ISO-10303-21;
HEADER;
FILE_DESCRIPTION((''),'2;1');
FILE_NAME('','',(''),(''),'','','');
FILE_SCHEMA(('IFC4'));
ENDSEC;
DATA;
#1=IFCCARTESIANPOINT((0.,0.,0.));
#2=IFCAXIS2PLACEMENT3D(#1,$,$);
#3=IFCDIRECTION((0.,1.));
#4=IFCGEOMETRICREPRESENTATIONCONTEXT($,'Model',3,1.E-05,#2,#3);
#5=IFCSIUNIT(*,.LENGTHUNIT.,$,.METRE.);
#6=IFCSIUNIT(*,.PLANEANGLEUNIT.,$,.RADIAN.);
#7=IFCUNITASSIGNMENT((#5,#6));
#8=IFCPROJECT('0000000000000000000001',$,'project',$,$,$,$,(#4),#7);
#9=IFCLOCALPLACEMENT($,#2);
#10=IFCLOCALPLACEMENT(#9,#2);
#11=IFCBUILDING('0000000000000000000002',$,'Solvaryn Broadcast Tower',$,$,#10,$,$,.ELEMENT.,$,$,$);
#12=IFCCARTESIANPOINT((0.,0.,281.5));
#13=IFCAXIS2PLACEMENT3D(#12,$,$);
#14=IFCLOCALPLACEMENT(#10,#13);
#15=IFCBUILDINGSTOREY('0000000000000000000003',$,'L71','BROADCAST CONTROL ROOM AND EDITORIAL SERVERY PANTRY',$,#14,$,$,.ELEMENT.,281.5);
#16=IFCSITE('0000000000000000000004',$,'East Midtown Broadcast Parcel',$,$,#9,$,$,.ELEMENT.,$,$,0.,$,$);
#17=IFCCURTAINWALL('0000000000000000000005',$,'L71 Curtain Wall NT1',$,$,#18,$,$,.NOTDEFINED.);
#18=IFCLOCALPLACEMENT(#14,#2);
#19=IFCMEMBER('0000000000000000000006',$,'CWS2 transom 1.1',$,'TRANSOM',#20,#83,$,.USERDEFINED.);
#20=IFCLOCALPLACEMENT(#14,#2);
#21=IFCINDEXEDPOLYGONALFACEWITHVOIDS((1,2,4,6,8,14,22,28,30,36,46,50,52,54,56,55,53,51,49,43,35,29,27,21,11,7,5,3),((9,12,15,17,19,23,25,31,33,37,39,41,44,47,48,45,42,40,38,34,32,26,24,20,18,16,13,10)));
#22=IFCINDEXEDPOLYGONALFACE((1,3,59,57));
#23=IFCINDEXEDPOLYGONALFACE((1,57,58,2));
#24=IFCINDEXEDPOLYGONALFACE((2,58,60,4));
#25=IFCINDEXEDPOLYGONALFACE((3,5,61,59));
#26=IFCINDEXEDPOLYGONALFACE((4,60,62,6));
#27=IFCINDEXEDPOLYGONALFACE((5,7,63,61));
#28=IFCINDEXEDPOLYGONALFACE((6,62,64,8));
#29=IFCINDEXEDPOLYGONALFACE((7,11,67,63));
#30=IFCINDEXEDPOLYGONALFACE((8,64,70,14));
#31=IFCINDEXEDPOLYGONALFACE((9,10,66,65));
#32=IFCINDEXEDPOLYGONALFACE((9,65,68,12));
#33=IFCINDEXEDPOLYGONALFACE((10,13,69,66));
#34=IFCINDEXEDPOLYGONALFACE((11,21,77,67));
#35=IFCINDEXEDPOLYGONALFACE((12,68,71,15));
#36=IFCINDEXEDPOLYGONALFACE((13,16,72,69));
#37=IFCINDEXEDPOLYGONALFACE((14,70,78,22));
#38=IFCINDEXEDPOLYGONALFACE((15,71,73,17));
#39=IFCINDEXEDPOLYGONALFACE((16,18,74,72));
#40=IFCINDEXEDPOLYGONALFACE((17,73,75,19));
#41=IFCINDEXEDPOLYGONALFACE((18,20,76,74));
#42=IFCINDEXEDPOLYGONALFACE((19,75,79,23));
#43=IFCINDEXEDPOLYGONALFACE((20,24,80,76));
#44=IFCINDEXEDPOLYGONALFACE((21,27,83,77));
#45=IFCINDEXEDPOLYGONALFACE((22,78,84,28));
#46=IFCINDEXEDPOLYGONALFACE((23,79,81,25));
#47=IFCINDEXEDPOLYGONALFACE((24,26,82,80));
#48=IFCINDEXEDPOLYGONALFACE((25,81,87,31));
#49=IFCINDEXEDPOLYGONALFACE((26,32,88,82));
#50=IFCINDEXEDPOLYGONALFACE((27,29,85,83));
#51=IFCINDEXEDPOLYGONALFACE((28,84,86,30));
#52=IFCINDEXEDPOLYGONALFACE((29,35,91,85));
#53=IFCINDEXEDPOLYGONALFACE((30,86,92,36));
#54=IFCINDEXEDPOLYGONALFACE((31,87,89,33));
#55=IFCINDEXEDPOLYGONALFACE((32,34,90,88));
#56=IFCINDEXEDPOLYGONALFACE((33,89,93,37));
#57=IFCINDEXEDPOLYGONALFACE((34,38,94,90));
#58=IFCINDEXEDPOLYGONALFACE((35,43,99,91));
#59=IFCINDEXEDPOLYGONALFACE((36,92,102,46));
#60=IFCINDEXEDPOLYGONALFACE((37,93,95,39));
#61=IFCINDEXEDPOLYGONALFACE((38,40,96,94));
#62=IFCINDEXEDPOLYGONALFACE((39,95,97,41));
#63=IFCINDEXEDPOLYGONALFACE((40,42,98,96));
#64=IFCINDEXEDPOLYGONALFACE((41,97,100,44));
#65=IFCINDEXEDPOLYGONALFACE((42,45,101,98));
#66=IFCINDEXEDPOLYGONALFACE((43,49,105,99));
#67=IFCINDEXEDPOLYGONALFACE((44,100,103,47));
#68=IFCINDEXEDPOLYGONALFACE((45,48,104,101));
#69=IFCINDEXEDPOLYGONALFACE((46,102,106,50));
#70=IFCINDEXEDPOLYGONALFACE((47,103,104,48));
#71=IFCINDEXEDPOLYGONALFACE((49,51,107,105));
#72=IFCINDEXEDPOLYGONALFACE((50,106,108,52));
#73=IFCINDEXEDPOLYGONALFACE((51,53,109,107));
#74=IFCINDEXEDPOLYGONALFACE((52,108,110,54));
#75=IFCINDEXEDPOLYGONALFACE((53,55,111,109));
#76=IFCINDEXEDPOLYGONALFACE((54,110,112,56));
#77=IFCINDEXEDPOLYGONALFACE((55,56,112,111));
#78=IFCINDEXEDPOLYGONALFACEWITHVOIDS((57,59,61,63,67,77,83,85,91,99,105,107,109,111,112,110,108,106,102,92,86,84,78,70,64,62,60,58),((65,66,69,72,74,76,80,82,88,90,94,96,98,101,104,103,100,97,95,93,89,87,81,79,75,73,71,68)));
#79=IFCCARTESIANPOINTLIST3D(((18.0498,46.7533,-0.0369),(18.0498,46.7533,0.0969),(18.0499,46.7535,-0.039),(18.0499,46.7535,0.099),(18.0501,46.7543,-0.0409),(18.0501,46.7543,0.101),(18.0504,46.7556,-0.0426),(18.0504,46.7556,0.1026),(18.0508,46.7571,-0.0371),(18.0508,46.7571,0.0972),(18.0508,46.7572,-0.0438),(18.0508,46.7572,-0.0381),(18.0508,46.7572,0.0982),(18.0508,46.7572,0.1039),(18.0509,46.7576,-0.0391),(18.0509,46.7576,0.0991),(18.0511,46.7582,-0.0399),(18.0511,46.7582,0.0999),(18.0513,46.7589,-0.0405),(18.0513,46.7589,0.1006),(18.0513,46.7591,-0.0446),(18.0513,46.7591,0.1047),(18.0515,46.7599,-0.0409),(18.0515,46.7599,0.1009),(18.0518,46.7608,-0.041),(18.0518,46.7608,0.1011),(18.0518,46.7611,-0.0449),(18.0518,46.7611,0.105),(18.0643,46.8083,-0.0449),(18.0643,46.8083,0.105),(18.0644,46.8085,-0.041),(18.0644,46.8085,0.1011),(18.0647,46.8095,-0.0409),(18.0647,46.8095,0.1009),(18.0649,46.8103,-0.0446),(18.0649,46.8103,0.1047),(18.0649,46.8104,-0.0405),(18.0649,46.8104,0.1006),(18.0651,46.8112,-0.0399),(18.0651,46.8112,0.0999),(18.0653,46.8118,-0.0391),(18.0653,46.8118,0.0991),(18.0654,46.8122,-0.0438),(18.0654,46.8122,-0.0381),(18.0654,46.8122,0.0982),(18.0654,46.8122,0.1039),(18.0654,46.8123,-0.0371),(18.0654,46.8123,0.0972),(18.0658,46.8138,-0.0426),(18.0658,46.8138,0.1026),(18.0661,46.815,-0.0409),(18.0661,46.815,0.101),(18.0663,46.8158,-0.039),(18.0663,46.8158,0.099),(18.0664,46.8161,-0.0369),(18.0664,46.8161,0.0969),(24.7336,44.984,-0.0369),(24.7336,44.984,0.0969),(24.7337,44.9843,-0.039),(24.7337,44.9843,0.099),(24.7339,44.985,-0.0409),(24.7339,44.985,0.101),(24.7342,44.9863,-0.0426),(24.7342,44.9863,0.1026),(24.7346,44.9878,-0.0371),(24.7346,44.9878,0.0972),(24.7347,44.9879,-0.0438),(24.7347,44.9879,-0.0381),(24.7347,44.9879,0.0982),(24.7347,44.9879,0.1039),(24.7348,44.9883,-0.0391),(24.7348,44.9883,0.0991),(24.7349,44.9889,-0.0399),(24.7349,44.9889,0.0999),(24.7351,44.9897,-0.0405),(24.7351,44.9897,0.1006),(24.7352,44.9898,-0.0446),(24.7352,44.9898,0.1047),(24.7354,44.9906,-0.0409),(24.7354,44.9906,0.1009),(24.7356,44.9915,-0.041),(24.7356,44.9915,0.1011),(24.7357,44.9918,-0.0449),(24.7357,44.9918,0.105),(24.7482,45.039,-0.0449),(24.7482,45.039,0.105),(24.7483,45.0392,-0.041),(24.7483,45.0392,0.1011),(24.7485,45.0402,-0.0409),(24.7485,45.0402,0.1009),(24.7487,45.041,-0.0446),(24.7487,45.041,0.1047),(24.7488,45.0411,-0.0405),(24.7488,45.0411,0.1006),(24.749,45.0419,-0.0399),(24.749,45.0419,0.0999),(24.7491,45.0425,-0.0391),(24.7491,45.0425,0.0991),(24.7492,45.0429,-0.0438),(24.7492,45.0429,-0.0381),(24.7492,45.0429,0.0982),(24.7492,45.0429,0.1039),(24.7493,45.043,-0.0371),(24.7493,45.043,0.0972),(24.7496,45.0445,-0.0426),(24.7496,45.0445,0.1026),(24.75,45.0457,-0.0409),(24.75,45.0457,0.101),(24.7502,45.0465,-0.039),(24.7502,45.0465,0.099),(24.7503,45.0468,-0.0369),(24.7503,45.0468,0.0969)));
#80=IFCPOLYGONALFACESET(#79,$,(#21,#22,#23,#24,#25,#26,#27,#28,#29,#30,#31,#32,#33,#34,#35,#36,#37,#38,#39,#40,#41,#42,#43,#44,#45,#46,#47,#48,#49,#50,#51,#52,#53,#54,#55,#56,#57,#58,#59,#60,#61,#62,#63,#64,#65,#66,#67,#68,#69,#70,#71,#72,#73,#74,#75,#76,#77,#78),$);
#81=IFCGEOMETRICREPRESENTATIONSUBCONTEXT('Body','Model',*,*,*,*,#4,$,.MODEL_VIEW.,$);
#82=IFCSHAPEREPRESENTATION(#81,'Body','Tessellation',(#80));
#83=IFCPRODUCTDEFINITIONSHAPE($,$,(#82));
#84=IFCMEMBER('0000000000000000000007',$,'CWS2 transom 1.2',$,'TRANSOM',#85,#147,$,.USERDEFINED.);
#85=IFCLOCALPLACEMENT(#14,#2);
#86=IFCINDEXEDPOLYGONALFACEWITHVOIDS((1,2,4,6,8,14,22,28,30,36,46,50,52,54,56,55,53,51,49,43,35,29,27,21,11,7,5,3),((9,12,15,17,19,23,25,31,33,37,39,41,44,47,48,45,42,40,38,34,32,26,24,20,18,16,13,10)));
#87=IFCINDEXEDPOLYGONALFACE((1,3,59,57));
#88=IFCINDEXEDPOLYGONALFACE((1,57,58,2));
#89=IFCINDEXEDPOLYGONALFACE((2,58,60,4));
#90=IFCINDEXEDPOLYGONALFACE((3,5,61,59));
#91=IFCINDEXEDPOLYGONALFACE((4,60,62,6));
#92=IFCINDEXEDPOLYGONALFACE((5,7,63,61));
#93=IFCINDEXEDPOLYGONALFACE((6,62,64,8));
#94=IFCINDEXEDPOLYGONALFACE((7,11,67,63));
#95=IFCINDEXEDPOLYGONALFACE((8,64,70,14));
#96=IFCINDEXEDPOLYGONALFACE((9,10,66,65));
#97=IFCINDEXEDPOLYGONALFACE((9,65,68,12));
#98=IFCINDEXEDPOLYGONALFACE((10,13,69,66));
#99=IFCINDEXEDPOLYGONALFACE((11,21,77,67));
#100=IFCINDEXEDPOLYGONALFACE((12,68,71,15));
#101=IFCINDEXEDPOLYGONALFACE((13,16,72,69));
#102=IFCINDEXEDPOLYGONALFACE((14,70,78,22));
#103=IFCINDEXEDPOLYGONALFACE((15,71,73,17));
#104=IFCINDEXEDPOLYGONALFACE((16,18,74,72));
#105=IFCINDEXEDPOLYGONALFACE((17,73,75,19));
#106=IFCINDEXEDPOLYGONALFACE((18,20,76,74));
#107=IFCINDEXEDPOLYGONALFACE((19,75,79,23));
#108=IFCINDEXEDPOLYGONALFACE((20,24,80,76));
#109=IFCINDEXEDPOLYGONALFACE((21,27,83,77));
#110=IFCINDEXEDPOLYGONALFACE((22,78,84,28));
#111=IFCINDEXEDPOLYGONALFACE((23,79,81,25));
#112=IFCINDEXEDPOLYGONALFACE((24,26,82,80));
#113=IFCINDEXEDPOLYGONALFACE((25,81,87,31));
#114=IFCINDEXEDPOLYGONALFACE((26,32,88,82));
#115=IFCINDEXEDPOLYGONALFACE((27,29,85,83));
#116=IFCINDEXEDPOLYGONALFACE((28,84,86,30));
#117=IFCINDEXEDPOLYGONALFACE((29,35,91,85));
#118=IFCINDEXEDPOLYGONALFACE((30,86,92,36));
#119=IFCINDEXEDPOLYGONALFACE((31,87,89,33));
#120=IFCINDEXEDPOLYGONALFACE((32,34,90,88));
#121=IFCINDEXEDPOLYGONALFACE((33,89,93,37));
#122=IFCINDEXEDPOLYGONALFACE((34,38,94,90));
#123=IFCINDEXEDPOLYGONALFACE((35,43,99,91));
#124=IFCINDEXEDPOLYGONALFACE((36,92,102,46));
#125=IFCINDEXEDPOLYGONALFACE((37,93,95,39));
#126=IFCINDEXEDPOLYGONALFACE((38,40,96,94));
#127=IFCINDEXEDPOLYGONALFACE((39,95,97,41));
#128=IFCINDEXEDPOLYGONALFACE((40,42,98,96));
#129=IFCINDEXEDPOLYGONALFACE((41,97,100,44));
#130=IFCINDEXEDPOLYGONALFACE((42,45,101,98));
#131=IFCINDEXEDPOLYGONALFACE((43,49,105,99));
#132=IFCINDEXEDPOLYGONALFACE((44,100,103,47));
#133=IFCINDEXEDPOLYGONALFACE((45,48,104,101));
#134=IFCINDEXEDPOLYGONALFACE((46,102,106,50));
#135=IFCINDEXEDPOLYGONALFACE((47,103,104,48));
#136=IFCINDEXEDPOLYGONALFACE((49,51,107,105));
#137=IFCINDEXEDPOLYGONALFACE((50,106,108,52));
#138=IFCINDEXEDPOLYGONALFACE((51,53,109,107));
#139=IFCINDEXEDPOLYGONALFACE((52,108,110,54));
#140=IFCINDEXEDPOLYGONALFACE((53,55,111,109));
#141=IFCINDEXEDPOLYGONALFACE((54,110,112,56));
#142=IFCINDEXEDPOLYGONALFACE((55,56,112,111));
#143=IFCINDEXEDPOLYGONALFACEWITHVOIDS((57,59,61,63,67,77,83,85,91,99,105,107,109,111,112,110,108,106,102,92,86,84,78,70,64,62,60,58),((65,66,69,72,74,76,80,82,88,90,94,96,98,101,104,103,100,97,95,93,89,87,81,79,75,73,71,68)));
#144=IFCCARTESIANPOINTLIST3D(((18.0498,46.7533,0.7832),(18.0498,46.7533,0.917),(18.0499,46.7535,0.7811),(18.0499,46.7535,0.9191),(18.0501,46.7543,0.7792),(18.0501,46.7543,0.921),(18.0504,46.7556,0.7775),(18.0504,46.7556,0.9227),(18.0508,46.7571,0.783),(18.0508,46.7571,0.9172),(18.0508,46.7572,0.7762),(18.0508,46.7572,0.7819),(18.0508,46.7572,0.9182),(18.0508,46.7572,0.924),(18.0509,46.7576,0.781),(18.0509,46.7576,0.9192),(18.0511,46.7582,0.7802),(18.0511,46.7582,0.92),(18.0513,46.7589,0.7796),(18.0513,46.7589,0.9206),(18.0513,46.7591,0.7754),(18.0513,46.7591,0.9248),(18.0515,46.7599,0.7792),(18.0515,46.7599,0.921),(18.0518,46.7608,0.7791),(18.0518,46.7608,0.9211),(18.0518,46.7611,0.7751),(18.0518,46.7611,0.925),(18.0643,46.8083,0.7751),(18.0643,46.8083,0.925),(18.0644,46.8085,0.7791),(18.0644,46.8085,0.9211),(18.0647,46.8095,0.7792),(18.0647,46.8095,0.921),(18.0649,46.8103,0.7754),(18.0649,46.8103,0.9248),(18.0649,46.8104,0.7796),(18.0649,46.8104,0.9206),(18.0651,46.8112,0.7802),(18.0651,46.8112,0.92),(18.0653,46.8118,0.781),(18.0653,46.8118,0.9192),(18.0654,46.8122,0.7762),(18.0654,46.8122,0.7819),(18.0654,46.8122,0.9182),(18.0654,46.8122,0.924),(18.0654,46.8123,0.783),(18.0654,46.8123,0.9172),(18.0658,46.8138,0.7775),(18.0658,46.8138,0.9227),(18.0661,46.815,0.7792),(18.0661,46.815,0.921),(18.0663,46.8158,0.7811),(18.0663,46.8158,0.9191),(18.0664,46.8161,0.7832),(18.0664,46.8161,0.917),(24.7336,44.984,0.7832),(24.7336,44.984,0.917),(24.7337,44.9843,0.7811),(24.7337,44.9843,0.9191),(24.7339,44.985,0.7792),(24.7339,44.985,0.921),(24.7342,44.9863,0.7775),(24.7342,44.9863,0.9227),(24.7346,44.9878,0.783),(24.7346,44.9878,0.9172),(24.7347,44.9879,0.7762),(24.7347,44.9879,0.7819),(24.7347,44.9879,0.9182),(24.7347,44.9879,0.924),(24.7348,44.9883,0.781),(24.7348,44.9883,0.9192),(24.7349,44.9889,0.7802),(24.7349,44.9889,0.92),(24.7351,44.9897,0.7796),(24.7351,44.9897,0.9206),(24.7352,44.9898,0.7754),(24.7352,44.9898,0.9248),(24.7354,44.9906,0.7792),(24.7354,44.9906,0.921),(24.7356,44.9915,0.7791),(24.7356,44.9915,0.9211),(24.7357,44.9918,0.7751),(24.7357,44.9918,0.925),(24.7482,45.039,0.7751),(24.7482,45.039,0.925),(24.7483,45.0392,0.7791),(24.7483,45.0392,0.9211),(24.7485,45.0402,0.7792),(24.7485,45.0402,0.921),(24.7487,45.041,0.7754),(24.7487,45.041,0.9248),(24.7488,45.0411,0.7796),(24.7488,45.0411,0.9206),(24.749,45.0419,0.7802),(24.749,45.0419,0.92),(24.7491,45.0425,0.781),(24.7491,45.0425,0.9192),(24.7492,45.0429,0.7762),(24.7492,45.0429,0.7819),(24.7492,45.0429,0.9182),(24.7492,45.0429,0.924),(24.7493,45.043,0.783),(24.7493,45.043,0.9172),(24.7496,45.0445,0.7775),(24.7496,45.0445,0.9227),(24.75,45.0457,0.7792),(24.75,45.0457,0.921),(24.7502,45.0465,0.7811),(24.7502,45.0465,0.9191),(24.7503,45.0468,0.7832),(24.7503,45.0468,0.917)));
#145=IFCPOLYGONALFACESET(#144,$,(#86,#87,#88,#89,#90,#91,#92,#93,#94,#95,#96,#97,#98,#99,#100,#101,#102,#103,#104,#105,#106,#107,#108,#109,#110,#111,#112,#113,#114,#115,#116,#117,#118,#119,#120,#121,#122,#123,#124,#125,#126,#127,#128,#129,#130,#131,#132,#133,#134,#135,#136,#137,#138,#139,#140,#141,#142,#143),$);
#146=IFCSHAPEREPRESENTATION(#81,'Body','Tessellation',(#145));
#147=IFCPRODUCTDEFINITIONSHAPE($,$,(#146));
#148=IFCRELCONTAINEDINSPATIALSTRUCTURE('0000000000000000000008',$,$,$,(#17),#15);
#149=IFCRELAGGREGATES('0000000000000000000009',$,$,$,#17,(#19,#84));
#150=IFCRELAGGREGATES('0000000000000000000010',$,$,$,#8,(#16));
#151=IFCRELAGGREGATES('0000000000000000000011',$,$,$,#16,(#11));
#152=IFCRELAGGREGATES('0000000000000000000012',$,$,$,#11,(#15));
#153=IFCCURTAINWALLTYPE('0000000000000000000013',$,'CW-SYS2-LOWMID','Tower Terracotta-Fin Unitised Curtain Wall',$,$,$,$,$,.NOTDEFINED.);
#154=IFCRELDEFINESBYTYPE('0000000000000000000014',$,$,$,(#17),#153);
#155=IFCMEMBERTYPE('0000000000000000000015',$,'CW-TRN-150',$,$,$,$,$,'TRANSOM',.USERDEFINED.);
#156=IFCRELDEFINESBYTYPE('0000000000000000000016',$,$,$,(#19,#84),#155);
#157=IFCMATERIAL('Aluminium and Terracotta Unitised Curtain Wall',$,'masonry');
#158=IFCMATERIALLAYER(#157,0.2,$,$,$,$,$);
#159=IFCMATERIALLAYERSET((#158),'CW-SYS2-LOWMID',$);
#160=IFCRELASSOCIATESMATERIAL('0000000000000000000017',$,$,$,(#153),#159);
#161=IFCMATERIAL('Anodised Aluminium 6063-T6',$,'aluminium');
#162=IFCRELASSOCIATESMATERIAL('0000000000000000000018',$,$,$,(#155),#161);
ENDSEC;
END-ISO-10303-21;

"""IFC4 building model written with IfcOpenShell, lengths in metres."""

from ifc_helpers import new_model, si_unit, direction, frame, origin, origin_2d, place, context, subcontext, project, spatial, hollow_rectangle, extrude, material, layer, layer_set, material_profile, profile_set, type_object, element, aggregate, save


model = new_model("IFC4")

# Units and contexts
model_context = context("Model", 3, precision=1e-05, world=origin(), true_north=direction((0.0, 1.0)))
body_context = subcontext(model_context, "Body", "Model", "MODEL_VIEW")
ifc_project = project(units=[si_unit("LENGTHUNIT", "METRE"), si_unit("PLANEANGLEUNIT", "RADIAN")], contexts=[model_context])

# Site, building, storey
site_placement = place(None, origin())
site = spatial("IfcSite", under=ifc_project, at=site_placement, Name="East Midtown Broadcast Parcel", CompositionType="ELEMENT", RefElevation=0.0)
building_placement = place(site_placement, origin())
building = spatial("IfcBuilding", under=site, at=building_placement, Name="Solvaryn Broadcast Tower", CompositionType="ELEMENT")
storey_placement = place(building_placement, frame((0.0, 0.0, 281.5)))
storey = spatial("IfcBuildingStorey", under=building, at=storey_placement, Name="L71", Description="BROADCAST CONTROL ROOM AND EDITORIAL SERVERY PANTRY", CompositionType="ELEMENT", Elevation=281.5)

# Shared definitions
ifc_material_1 = material(Name="Aluminium and Terracotta Unitised Curtain Wall", Category="masonry")
ifc_layer_1 = layer(ifc_material_1, 0.2)
ifc_layer_set_1 = layer_set([ifc_layer_1], Name="CW-SYS2-LOWMID")
curtain_wall_type = type_object("IfcCurtainWallType", Name="CW-SYS2-LOWMID", Description="Tower Terracotta-Fin Unitised Curtain Wall", PredefinedType="NOTDEFINED", material=ifc_layer_set_1)

# Curtain wall
curtain_wall_1_placement = place(storey_placement, origin())
curtain_wall_1 = element("IfcCurtainWall", 1, at=curtain_wall_1_placement, inside=storey, type_object=curtain_wall_type, Name="L71 Curtain Wall NT1", PredefinedType="NOTDEFINED")

# Members
ifc_material_2 = material(Name="Anodised Aluminium 6063-T6", Category="aluminium")
ifc_material_profile_1 = material_profile(ifc_material_2, hollow_rectangle(XDim=0.0649, YDim=0.1499, WallThickness=0.0039, InnerFilletRadius=0.0039, OuterFilletRadius=0.0081, at=origin_2d()))
ifc_profile_set_1 = profile_set([ifc_material_profile_1], Name="Anodised Aluminium 6063-T6")
member_type_1 = type_object("IfcMemberType", Name="CW-TRN-150", ElementType="TRANSOM", PredefinedType="USERDEFINED", material=ifc_profile_set_1)
member_1_placement = place(storey_placement, frame((24.7419, 45.0154, 0.03), z_axis=(-0.966704, 0.255897, 0.0), x_axis=(-0.255897, -0.966704, 0.0)))
member_1 = element("IfcMember", 2, at=member_1_placement, type_object=member_type_1, Name="CWS2 transom 1.1", ObjectType="TRANSOM", PredefinedType="USERDEFINED", context=body_context, shape_type="SweptSolid", body=[
    extrude(hollow_rectangle(XDim=0.0649, YDim=0.1499, WallThickness=0.0039, InnerFilletRadius=0.0039, OuterFilletRadius=0.0081, at=origin_2d()), origin(), (0.0, 0.0, 1.0), 6.9141),
])
member_2_placement = place(storey_placement, frame((24.7419, 45.0154, 0.8501), z_axis=(-0.966704, 0.255897, 0.0), x_axis=(-0.255897, -0.966704, 0.0)))
member_2 = element("IfcMember", 3, at=member_2_placement, type_object=member_type_1, Name="CWS2 transom 1.2", ObjectType="TRANSOM", PredefinedType="USERDEFINED", context=body_context, shape_type="SweptSolid", body=[
    extrude(hollow_rectangle(XDim=0.0649, YDim=0.1499, WallThickness=0.0039, InnerFilletRadius=0.0039, OuterFilletRadius=0.0081, at=origin_2d()), origin(), (0.0, 0.0, 1.0), 6.9141),
])
aggregate(curtain_wall_1, [member_1, member_2])

save(model, "model.ifc")
